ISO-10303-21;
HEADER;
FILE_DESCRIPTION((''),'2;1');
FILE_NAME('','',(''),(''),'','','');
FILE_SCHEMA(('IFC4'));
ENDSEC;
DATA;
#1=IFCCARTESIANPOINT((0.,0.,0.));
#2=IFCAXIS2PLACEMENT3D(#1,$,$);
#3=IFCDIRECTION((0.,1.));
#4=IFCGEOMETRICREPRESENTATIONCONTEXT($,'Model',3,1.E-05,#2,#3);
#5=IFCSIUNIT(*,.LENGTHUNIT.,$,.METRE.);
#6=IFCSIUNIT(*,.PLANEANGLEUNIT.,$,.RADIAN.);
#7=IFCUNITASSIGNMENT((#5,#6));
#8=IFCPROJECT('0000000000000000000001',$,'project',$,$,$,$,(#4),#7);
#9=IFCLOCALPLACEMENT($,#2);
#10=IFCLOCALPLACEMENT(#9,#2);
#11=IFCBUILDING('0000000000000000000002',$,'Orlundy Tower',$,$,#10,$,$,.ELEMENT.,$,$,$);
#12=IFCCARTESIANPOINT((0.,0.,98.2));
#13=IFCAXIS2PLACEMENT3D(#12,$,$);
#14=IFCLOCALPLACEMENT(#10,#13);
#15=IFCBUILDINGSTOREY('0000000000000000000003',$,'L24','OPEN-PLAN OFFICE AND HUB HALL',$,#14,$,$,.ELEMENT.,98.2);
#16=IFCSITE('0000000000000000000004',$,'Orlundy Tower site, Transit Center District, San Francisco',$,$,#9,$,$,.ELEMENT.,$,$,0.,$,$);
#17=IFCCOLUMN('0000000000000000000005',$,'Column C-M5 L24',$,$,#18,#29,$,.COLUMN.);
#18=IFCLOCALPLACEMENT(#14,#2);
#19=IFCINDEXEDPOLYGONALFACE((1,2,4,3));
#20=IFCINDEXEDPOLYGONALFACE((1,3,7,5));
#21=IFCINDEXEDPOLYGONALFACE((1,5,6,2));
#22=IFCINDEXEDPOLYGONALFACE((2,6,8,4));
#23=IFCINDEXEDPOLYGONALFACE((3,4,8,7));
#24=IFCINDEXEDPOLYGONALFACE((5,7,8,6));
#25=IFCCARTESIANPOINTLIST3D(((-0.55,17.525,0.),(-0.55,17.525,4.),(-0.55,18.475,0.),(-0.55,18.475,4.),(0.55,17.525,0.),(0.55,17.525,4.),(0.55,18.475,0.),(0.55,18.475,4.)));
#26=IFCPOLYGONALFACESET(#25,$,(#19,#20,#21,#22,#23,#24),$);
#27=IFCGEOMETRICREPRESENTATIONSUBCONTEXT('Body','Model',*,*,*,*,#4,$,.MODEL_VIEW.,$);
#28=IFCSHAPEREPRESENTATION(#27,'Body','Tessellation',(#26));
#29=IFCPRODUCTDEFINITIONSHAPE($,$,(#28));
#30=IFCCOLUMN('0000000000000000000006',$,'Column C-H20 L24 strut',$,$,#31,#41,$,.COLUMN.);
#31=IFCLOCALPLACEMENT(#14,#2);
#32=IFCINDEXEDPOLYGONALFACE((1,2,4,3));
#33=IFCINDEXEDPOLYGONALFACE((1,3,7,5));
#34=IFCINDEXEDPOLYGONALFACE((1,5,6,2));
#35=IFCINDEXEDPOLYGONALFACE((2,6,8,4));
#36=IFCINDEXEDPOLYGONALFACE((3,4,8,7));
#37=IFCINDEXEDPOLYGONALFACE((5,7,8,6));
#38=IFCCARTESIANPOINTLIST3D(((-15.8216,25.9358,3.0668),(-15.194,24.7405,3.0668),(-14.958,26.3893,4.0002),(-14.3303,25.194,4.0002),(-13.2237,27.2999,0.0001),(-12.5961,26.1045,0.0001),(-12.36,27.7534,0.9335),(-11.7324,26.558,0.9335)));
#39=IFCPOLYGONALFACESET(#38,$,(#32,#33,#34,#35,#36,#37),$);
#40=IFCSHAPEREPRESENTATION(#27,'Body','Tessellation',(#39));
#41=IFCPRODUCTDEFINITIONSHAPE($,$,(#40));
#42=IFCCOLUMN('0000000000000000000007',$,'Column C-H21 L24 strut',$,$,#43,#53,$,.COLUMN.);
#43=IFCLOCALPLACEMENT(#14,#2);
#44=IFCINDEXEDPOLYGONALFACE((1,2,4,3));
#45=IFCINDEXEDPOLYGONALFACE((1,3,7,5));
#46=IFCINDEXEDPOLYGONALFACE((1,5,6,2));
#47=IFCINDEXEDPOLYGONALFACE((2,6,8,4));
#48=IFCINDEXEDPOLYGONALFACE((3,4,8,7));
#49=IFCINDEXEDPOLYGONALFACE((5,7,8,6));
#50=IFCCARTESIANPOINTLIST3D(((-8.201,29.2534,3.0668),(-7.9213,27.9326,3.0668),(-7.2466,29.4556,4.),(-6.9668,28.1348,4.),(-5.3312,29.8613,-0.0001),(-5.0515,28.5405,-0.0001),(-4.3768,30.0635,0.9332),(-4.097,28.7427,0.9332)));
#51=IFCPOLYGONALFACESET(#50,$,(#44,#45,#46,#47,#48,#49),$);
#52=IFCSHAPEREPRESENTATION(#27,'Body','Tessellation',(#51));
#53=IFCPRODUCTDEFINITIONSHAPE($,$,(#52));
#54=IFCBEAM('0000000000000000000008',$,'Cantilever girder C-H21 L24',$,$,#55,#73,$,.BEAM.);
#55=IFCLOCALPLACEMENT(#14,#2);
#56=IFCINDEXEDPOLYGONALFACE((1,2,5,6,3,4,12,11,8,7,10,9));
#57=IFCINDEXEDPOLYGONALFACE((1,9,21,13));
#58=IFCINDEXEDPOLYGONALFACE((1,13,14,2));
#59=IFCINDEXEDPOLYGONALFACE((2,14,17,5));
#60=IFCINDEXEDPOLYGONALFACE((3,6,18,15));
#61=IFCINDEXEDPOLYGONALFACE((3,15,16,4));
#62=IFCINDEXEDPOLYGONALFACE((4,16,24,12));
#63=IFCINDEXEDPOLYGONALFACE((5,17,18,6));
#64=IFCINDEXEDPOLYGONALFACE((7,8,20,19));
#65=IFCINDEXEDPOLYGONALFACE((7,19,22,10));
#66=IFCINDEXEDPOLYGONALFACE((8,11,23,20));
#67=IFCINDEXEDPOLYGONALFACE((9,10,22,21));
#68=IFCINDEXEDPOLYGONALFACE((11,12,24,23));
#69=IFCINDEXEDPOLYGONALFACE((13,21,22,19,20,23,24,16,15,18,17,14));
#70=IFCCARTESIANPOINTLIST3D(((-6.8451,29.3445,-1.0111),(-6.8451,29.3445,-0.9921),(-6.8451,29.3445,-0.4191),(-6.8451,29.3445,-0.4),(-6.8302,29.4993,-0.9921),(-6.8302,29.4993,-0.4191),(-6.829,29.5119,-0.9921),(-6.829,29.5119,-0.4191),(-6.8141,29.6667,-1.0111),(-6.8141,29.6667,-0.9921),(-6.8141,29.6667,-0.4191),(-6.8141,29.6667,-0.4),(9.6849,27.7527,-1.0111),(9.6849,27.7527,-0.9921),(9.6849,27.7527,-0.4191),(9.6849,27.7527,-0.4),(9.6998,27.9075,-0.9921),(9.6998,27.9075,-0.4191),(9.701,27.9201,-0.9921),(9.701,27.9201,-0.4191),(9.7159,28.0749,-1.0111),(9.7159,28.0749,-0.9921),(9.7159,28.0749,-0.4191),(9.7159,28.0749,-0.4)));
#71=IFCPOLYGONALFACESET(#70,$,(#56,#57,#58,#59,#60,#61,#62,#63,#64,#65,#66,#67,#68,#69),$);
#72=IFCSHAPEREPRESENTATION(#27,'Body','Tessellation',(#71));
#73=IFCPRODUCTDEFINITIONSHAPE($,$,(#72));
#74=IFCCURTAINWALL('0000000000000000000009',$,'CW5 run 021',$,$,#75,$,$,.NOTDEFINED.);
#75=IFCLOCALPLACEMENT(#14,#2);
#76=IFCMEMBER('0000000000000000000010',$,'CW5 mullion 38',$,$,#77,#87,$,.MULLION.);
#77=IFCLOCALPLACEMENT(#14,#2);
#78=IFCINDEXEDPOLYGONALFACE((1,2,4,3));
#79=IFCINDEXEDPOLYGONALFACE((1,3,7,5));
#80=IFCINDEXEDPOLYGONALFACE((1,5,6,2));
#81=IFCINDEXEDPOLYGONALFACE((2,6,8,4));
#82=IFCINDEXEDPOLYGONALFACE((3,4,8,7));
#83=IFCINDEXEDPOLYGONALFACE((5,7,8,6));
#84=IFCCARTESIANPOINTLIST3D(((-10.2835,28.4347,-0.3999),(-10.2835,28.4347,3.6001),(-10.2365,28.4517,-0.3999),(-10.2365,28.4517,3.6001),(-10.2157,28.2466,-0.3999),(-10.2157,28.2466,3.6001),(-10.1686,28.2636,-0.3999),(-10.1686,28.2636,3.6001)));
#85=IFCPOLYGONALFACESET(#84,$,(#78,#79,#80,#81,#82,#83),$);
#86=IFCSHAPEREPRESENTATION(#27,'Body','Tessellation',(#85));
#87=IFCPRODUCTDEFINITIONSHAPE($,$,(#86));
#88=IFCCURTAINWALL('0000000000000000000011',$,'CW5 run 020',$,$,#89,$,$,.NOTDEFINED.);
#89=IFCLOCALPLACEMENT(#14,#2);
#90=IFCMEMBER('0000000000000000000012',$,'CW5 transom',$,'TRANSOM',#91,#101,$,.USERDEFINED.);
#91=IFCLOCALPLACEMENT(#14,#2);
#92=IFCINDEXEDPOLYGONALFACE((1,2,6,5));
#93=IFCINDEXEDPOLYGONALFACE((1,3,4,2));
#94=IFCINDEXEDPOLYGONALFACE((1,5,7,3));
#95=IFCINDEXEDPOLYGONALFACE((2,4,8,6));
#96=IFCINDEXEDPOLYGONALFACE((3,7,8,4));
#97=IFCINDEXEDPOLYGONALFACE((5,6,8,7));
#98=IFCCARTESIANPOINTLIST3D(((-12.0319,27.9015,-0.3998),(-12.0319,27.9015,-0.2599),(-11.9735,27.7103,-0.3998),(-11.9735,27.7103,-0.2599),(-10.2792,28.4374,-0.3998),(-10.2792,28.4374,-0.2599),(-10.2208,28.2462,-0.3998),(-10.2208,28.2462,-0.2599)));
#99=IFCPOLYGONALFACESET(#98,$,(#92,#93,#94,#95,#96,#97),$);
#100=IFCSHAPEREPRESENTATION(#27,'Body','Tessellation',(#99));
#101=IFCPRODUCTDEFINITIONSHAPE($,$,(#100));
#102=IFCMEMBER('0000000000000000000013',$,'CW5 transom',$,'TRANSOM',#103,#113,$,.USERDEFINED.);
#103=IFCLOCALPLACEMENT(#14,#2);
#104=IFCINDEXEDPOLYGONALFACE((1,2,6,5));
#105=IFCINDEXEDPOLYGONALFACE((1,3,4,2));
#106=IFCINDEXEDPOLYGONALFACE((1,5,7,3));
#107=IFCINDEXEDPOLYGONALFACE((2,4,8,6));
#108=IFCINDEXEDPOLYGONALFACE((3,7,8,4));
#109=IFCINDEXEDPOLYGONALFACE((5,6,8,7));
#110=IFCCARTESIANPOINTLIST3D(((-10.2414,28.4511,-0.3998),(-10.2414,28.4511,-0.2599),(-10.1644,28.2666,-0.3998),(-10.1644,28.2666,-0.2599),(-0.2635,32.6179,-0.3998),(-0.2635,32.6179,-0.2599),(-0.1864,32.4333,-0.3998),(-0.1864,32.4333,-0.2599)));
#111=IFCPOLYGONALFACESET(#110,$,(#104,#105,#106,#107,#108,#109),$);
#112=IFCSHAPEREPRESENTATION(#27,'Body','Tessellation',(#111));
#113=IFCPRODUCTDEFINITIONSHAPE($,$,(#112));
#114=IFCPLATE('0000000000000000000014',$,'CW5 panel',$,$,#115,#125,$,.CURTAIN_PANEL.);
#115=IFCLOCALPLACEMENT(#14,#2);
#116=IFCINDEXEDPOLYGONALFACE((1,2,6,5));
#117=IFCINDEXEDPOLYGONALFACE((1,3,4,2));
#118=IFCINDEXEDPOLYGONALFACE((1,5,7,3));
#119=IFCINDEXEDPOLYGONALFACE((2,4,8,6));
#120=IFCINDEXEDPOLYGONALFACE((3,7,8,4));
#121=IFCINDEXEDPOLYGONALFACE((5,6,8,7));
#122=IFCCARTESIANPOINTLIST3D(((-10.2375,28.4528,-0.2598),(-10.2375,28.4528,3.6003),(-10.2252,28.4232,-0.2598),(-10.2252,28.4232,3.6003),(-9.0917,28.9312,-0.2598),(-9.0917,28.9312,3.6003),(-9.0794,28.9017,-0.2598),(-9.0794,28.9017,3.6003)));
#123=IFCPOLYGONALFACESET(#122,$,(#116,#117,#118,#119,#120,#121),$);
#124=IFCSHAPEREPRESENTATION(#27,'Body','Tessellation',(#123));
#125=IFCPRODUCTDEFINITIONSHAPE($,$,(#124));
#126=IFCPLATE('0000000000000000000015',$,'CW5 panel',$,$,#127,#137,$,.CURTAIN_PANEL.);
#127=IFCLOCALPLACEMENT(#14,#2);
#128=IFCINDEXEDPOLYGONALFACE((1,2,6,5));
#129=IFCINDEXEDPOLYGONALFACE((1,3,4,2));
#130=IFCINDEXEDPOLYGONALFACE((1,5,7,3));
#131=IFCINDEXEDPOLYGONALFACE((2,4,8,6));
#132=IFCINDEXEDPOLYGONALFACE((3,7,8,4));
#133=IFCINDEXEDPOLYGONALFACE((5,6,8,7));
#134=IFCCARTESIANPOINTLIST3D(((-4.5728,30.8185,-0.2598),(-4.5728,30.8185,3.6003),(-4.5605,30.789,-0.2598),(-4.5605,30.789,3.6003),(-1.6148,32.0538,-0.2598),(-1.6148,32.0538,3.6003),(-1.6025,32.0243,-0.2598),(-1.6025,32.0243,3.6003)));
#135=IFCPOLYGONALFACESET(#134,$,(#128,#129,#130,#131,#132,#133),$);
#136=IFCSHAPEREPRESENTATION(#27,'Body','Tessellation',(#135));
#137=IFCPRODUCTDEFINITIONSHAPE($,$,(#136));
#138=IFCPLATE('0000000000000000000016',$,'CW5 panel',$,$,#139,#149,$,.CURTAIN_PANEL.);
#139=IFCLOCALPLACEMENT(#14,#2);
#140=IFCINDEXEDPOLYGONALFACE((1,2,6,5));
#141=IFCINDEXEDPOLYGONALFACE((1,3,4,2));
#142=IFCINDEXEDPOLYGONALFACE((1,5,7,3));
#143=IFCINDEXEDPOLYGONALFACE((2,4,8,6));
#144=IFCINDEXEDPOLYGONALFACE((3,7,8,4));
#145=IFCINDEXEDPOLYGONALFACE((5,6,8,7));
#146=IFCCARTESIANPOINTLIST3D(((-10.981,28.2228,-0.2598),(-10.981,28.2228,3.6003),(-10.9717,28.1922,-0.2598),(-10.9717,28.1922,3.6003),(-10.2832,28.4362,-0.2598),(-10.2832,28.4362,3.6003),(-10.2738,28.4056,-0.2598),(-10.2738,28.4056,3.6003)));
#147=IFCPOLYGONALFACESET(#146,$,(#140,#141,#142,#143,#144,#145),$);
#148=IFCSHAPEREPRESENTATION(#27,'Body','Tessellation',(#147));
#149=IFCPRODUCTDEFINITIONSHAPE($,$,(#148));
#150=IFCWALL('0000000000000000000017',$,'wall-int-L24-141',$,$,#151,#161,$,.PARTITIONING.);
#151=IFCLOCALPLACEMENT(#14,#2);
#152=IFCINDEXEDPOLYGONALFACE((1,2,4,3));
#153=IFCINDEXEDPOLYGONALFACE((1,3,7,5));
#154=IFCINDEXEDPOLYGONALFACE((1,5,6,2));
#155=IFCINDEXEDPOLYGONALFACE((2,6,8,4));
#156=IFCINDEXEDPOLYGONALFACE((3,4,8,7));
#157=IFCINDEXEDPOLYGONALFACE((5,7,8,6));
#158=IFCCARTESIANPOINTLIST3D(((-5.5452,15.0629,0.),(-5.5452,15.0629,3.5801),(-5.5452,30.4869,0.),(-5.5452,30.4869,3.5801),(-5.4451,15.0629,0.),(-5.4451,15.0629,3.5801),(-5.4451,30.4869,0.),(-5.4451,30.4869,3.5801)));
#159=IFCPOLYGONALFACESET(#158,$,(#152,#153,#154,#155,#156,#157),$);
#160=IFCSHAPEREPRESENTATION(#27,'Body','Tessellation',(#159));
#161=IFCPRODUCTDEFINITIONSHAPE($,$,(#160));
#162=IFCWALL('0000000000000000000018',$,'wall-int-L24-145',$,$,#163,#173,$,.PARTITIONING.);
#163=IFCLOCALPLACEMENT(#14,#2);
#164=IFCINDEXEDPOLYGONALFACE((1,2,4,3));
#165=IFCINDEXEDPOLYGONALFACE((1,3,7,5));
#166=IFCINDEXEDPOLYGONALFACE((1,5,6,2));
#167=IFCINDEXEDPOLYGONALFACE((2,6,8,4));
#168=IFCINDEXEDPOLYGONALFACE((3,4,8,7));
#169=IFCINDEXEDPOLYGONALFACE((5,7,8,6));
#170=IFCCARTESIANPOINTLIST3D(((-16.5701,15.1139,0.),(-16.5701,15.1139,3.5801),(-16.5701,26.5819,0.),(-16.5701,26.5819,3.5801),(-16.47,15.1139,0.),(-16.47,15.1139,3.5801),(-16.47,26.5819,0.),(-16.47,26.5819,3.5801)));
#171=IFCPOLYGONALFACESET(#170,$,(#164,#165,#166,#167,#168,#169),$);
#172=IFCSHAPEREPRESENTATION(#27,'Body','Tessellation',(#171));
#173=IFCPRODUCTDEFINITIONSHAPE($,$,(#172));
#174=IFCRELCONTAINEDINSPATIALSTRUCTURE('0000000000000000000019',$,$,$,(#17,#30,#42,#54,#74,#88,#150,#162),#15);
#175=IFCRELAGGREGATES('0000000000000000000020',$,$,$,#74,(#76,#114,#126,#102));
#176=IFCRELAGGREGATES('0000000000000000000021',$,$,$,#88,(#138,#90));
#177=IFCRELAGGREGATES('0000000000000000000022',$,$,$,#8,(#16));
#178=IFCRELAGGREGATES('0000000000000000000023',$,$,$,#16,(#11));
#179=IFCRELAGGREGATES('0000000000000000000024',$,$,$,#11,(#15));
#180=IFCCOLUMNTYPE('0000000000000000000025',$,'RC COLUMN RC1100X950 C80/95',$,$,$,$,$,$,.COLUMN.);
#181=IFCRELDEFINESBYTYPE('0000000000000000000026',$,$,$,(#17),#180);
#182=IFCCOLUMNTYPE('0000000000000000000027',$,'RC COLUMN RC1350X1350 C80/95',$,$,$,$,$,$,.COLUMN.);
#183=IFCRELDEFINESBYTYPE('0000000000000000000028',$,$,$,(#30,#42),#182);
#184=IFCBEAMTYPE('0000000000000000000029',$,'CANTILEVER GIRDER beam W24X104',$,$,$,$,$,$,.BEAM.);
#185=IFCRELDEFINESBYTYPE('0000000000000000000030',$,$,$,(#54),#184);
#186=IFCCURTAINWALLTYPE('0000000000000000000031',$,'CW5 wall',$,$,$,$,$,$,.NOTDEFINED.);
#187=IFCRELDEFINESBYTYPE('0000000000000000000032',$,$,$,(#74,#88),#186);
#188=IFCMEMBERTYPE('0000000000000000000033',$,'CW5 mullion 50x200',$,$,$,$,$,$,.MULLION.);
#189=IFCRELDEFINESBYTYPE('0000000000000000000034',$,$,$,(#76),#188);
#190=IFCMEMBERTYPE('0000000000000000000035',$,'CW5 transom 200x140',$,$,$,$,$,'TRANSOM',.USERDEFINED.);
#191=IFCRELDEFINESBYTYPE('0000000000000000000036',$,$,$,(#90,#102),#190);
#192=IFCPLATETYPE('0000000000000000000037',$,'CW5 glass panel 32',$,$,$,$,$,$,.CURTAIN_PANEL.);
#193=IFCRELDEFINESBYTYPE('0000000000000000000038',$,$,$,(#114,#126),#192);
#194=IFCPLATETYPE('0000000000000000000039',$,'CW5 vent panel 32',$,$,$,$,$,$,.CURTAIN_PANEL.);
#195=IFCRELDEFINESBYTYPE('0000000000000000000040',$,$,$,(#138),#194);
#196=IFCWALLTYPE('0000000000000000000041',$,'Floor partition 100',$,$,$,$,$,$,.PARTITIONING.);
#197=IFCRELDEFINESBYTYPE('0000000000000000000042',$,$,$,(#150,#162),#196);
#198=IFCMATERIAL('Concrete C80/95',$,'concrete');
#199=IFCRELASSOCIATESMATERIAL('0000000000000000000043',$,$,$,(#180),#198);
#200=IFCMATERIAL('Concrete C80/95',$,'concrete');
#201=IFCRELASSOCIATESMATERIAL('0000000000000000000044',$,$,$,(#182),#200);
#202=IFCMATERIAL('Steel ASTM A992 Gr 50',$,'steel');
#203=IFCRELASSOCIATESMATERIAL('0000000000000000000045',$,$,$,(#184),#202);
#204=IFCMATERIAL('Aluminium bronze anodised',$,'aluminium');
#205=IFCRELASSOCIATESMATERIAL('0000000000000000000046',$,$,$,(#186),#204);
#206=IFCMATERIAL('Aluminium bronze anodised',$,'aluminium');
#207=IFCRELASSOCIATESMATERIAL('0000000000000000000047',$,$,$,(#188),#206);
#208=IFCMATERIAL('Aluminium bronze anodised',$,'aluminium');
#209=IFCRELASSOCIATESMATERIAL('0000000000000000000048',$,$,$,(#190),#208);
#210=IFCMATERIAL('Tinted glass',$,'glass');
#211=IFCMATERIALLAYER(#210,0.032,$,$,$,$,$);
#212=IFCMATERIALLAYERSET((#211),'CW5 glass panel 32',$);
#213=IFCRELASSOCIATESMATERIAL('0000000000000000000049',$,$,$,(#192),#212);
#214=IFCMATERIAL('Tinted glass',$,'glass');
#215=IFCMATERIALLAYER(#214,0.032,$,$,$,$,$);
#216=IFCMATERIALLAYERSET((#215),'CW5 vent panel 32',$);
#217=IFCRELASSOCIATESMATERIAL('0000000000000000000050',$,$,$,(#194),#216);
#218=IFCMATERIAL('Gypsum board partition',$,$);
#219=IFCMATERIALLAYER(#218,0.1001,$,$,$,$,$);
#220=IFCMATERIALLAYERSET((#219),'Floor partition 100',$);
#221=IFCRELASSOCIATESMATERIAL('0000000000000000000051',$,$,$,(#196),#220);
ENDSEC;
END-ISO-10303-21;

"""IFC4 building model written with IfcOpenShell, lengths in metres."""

from ifc_helpers import new_model, si_unit, direction, frame, frame_2d, origin, origin_2d, place, context, subcontext, project, spatial, rectangle, i_section, extrude, material, layer, layer_set, material_profile, profile_set, type_object, element, aggregate, save


model = new_model("IFC4")

# Units and contexts
model_context = context("Model", 3, precision=1e-05, world=origin(), true_north=direction((0.0, 1.0)))
body_context = subcontext(model_context, "Body", "Model", "MODEL_VIEW")
ifc_project = project(units=[si_unit("LENGTHUNIT", "METRE"), si_unit("PLANEANGLEUNIT", "RADIAN")], contexts=[model_context])

# Site, building, storey
site_placement = place(None, origin())
site = spatial("IfcSite", under=ifc_project, at=site_placement, Name="Orlundy Tower site, Transit Center District, San Francisco", CompositionType="ELEMENT", RefElevation=0.0)
building_placement = place(site_placement, origin())
building = spatial("IfcBuilding", under=site, at=building_placement, Name="Orlundy Tower", CompositionType="ELEMENT")
storey_placement = place(building_placement, frame((0.0, 0.0, 98.2)))
storey = spatial("IfcBuildingStorey", under=building, at=storey_placement, Name="L24", Description="OPEN-PLAN OFFICE AND HUB HALL", CompositionType="ELEMENT", Elevation=98.2)

# Columns
ifc_material_1 = material(Name="Concrete C80/95", Category="concrete")
ifc_material_profile_1 = material_profile(ifc_material_1, rectangle(XDim=1.1001, YDim=0.95, at=origin_2d()), Name="RC1100X950")
ifc_profile_set_1 = profile_set([ifc_material_profile_1], Name="Concrete C80/95")
column_type_1 = type_object("IfcColumnType", Name="RC COLUMN RC1100X950 C80/95", PredefinedType="COLUMN", material=ifc_profile_set_1)
column_1_placement = place(storey_placement, frame((0.0, 18.0, 0.0), z_axis=(0.0, 0.0, 1.0), x_axis=(1.0, 0.0, 0.0)))
element("IfcColumn", 1, at=column_1_placement, inside=storey, type_object=column_type_1, Name="Column C-M5 L24", PredefinedType="COLUMN", context=body_context, shape_type="SweptSolid", body=[
    extrude(rectangle(XDim=1.1001, YDim=0.95, at=origin_2d()), origin(), (0.0, 0.0, 1.0), 4.0),
])
ifc_material_2 = material(Name="Concrete C80/95", Category="concrete")
ifc_material_profile_2 = material_profile(ifc_material_2, rectangle(XDim=1.3501, YDim=1.3501, at=origin_2d()), Name="RC1350X1350")
ifc_profile_set_2 = profile_set([ifc_material_profile_2], Name="Concrete C80/95")
column_type_2 = type_object("IfcColumnType", Name="RC COLUMN RC1350X1350 C80/95", PredefinedType="COLUMN", material=ifc_profile_set_2)
column_2_placement = place(storey_placement, frame((-12.478, 26.929, 0.4668), z_axis=(-0.612094, -0.321376, 0.722536), x_axis=(0.464865, -0.885382, 0.0)))
element("IfcColumn", 2, at=column_2_placement, inside=storey, type_object=column_type_2, Name="Column C-H20 L24 strut", PredefinedType="COLUMN", context=body_context, shape_type="SweptSolid", body=[
    extrude(rectangle(XDim=1.3501, YDim=1.3501, at=origin_2d()), origin(), (0.0, 0.0, 1.0), 4.2444),
])
column_3_placement = place(storey_placement, frame((-4.7141, 29.302, 0.4666), z_axis=(-0.676218, -0.14324, 0.722642), x_axis=(0.207227, -0.978293, 0.0)))
element("IfcColumn", 3, at=column_3_placement, inside=storey, type_object=column_type_2, Name="Column C-H21 L24 strut", PredefinedType="COLUMN", context=body_context, shape_type="SweptSolid", body=[
    extrude(rectangle(XDim=1.3501, YDim=1.3501, at=origin_2d()), origin(), (0.0, 0.0, 1.0), 4.2439),
])

# Beam
ifc_material_3 = material(Name="Steel ASTM A992 Gr 50", Category="steel")
ifc_material_profile_3 = material_profile(ifc_material_3, i_section(OverallWidth=0.3237, OverallDepth=0.6111, WebThickness=0.0127, FlangeThickness=0.019, at=origin_2d()), Name="W24X104")
ifc_profile_set_3 = profile_set([ifc_material_profile_3], Name="Steel ASTM A992 Gr 50")
beam_type = type_object("IfcBeamType", Name="CANTILEVER GIRDER beam W24X104", PredefinedType="BEAM", material=ifc_profile_set_3)
beam_placement = place(storey_placement, frame((-6.8296, 29.5056, -0.7056), z_axis=(0.995395, -0.095854, 0.0), x_axis=(0.095854, 0.995395, 0.0)))
element("IfcBeam", 4, at=beam_placement, inside=storey, type_object=beam_type, Name="Cantilever girder C-H21 L24", PredefinedType="BEAM", context=body_context, shape_type="SweptSolid", body=[
    extrude(i_section(OverallWidth=0.3237, OverallDepth=0.6111, WebThickness=0.0127, FlangeThickness=0.019, at=origin_2d()), origin(), (0.0, 0.0, 1.0), 16.6064),
])

# Curtain walls, members
ifc_material_4 = material(Name="Aluminium bronze anodised", Category="aluminium")
curtain_wall_type = type_object("IfcCurtainWallType", Name="CW5 wall", PredefinedType="NOTDEFINED", material=ifc_material_4)
curtain_wall_1_placement = place(storey_placement, origin())
curtain_wall_1 = element("IfcCurtainWall", 5, at=curtain_wall_1_placement, inside=storey, type_object=curtain_wall_type, Name="CW5 run 021", PredefinedType="NOTDEFINED")
ifc_material_5 = material(Name="Aluminium bronze anodised", Category="aluminium")
ifc_material_profile_4 = material_profile(ifc_material_5, rectangle(XDim=0.2, YDim=0.05, at=origin_2d()), Name="CW5 mullion 50x200")
ifc_profile_set_4 = profile_set([ifc_material_profile_4], Name="Aluminium bronze anodised")
member_type_1 = type_object("IfcMemberType", Name="CW5 mullion 50x200", PredefinedType="MULLION", material=ifc_profile_set_4)
member_1_placement = place(storey_placement, frame((-10.2261, 28.3491, -0.3999), z_axis=(0.0, 0.0, 1.0), x_axis=(-0.339284, 0.940684, 0.0)))
member_1 = element("IfcMember", 6, at=member_1_placement, type_object=member_type_1, Name="CW5 mullion 38", PredefinedType="MULLION", context=body_context, shape_type="SweptSolid", body=[
    extrude(rectangle(XDim=0.2, YDim=0.05, at=origin_2d()), origin(), (0.0, 0.0, 1.0), 4.0),
])
curtain_wall_2_placement = place(storey_placement, origin())
curtain_wall_2 = element("IfcCurtainWall", 7, at=curtain_wall_2_placement, inside=storey, type_object=curtain_wall_type, Name="CW5 run 020", PredefinedType="NOTDEFINED")
ifc_material_6 = material(Name="Aluminium bronze anodised", Category="aluminium")
ifc_material_profile_5 = material_profile(ifc_material_6, rectangle(XDim=0.2, YDim=0.1399, at=origin_2d()), Name="CW5 transom 200x140")
ifc_profile_set_5 = profile_set([ifc_material_profile_5], Name="Aluminium bronze anodised")
member_type_2 = type_object("IfcMemberType", Name="CW5 transom 200x140", ElementType="TRANSOM", PredefinedType="USERDEFINED", material=ifc_profile_set_5)
member_2_placement = place(storey_placement, frame((-12.0027, 27.8059, -0.3298), z_axis=(0.956299, 0.292391, 0.0), x_axis=(-0.292391, 0.956299, 0.0)))
member_2 = element("IfcMember", 8, at=member_2_placement, type_object=member_type_2, Name="CW5 transom", ObjectType="TRANSOM", PredefinedType="USERDEFINED", context=body_context, shape_type="SweptSolid", body=[
    extrude(rectangle(XDim=0.2, YDim=0.1399, at=origin_2d()), origin(), (0.0, 0.0, 1.0), 1.8328),
])

# Member
member_3_placement = place(storey_placement, frame((-10.2029, 28.3589, -0.3298), z_axis=(0.922773, 0.385343, 0.0), x_axis=(-0.385343, 0.922773, 0.0)))
member_3 = element("IfcMember", 9, at=member_3_placement, type_object=member_type_2, Name="CW5 transom", ObjectType="TRANSOM", PredefinedType="USERDEFINED", context=body_context, shape_type="SweptSolid", body=[
    extrude(rectangle(XDim=0.2, YDim=0.1399, at=origin_2d()), origin(), (0.0, 0.0, 1.0), 10.813),
])

# Plates
ifc_material_7 = material(Name="Tinted glass", Category="glass")
ifc_layer_1 = layer(ifc_material_7, 0.032)
ifc_layer_set_1 = layer_set([ifc_layer_1], Name="CW5 glass panel 32")
plate_type_1 = type_object("IfcPlateType", Name="CW5 glass panel 32", PredefinedType="CURTAIN_PANEL", material=ifc_layer_set_1)
plate_1_placement = place(storey_placement, frame((-9.6584, 28.6772, -0.2598), z_axis=(0.0, 0.0, 1.0), x_axis=(0.922768, 0.385355, 0.0)))
plate_1 = element("IfcPlate", 10, at=plate_1_placement, type_object=plate_type_1, Name="CW5 panel", PredefinedType="CURTAIN_PANEL", context=body_context, shape_type="SweptSolid", body=[
    extrude(rectangle(XDim=1.2417, YDim=0.032, at=origin_2d()), origin(), (0.0, 0.0, 1.0), 3.8601),
])
plate_2_placement = place(storey_placement, frame((-3.0876, 31.4214, -0.2598), z_axis=(0.0, 0.0, 1.0), x_axis=(0.922768, 0.385355, 0.0)))
plate_2 = element("IfcPlate", 11, at=plate_2_placement, type_object=plate_type_1, Name="CW5 panel", PredefinedType="CURTAIN_PANEL", context=body_context, shape_type="SweptSolid", body=[
    extrude(rectangle(XDim=3.2056, YDim=0.032, at=origin_2d()), origin(), (0.0, 0.0, 1.0), 3.8601),
])
aggregate(curtain_wall_1, [member_1, plate_1, plate_2, member_3])
ifc_material_8 = material(Name="Tinted glass", Category="glass")
ifc_layer_2 = layer(ifc_material_8, 0.032)
ifc_layer_set_2 = layer_set([ifc_layer_2], Name="CW5 vent panel 32")
plate_type_2 = type_object("IfcPlateType", Name="CW5 vent panel 32", PredefinedType="CURTAIN_PANEL", material=ifc_layer_set_2)
plate_3_placement = place(storey_placement, frame((-10.6274, 28.3142, -0.2598), z_axis=(0.0, 0.0, 1.0), x_axis=(0.956301, 0.292383, 0.0)))
plate_3 = element("IfcPlate", 12, at=plate_3_placement, type_object=plate_type_2, Name="CW5 panel", PredefinedType="CURTAIN_PANEL", context=body_context, shape_type="SweptSolid", body=[
    extrude(rectangle(XDim=0.7297, YDim=0.032, at=origin_2d()), origin(), (0.0, 0.0, 1.0), 3.8601),
])
aggregate(curtain_wall_2, [plate_3, member_2])

# Walls
ifc_material_9 = material(Name="Gypsum board partition")
ifc_layer_3 = layer(ifc_material_9, 0.1001)
ifc_layer_set_3 = layer_set([ifc_layer_3], Name="Floor partition 100")
wall_type_1 = type_object("IfcWallType", Name="Floor partition 100", PredefinedType="PARTITIONING", material=ifc_layer_set_3)
wall_1_placement = place(storey_placement, frame((-5.4951, 15.063, 0.0), z_axis=(0.0, 0.0, 1.0), x_axis=(0.0, 1.0, 0.0)))
element("IfcWall", 13, at=wall_1_placement, inside=storey, type_object=wall_type_1, Name="wall-int-L24-141", PredefinedType="PARTITIONING", context=body_context, shape_type="SweptSolid", body=[
    extrude(rectangle(XDim=15.4241, YDim=0.1001, at=frame_2d((7.7119, 0.0))), origin(), (0.0, 0.0, 1.0), 3.5801),
])
wall_2_placement = place(storey_placement, frame((-16.52, 15.114, 0.0), z_axis=(0.0, 0.0, 1.0), x_axis=(0.0, 1.0, 0.0)))
element("IfcWall", 14, at=wall_2_placement, inside=storey, type_object=wall_type_1, Name="wall-int-L24-145", PredefinedType="PARTITIONING", context=body_context, shape_type="SweptSolid", body=[
    extrude(rectangle(XDim=11.468, YDim=0.1001, at=frame_2d((5.7339, 0.0))), origin(), (0.0, 0.0, 1.0), 3.5801),
])

save(model, "model.ifc")
